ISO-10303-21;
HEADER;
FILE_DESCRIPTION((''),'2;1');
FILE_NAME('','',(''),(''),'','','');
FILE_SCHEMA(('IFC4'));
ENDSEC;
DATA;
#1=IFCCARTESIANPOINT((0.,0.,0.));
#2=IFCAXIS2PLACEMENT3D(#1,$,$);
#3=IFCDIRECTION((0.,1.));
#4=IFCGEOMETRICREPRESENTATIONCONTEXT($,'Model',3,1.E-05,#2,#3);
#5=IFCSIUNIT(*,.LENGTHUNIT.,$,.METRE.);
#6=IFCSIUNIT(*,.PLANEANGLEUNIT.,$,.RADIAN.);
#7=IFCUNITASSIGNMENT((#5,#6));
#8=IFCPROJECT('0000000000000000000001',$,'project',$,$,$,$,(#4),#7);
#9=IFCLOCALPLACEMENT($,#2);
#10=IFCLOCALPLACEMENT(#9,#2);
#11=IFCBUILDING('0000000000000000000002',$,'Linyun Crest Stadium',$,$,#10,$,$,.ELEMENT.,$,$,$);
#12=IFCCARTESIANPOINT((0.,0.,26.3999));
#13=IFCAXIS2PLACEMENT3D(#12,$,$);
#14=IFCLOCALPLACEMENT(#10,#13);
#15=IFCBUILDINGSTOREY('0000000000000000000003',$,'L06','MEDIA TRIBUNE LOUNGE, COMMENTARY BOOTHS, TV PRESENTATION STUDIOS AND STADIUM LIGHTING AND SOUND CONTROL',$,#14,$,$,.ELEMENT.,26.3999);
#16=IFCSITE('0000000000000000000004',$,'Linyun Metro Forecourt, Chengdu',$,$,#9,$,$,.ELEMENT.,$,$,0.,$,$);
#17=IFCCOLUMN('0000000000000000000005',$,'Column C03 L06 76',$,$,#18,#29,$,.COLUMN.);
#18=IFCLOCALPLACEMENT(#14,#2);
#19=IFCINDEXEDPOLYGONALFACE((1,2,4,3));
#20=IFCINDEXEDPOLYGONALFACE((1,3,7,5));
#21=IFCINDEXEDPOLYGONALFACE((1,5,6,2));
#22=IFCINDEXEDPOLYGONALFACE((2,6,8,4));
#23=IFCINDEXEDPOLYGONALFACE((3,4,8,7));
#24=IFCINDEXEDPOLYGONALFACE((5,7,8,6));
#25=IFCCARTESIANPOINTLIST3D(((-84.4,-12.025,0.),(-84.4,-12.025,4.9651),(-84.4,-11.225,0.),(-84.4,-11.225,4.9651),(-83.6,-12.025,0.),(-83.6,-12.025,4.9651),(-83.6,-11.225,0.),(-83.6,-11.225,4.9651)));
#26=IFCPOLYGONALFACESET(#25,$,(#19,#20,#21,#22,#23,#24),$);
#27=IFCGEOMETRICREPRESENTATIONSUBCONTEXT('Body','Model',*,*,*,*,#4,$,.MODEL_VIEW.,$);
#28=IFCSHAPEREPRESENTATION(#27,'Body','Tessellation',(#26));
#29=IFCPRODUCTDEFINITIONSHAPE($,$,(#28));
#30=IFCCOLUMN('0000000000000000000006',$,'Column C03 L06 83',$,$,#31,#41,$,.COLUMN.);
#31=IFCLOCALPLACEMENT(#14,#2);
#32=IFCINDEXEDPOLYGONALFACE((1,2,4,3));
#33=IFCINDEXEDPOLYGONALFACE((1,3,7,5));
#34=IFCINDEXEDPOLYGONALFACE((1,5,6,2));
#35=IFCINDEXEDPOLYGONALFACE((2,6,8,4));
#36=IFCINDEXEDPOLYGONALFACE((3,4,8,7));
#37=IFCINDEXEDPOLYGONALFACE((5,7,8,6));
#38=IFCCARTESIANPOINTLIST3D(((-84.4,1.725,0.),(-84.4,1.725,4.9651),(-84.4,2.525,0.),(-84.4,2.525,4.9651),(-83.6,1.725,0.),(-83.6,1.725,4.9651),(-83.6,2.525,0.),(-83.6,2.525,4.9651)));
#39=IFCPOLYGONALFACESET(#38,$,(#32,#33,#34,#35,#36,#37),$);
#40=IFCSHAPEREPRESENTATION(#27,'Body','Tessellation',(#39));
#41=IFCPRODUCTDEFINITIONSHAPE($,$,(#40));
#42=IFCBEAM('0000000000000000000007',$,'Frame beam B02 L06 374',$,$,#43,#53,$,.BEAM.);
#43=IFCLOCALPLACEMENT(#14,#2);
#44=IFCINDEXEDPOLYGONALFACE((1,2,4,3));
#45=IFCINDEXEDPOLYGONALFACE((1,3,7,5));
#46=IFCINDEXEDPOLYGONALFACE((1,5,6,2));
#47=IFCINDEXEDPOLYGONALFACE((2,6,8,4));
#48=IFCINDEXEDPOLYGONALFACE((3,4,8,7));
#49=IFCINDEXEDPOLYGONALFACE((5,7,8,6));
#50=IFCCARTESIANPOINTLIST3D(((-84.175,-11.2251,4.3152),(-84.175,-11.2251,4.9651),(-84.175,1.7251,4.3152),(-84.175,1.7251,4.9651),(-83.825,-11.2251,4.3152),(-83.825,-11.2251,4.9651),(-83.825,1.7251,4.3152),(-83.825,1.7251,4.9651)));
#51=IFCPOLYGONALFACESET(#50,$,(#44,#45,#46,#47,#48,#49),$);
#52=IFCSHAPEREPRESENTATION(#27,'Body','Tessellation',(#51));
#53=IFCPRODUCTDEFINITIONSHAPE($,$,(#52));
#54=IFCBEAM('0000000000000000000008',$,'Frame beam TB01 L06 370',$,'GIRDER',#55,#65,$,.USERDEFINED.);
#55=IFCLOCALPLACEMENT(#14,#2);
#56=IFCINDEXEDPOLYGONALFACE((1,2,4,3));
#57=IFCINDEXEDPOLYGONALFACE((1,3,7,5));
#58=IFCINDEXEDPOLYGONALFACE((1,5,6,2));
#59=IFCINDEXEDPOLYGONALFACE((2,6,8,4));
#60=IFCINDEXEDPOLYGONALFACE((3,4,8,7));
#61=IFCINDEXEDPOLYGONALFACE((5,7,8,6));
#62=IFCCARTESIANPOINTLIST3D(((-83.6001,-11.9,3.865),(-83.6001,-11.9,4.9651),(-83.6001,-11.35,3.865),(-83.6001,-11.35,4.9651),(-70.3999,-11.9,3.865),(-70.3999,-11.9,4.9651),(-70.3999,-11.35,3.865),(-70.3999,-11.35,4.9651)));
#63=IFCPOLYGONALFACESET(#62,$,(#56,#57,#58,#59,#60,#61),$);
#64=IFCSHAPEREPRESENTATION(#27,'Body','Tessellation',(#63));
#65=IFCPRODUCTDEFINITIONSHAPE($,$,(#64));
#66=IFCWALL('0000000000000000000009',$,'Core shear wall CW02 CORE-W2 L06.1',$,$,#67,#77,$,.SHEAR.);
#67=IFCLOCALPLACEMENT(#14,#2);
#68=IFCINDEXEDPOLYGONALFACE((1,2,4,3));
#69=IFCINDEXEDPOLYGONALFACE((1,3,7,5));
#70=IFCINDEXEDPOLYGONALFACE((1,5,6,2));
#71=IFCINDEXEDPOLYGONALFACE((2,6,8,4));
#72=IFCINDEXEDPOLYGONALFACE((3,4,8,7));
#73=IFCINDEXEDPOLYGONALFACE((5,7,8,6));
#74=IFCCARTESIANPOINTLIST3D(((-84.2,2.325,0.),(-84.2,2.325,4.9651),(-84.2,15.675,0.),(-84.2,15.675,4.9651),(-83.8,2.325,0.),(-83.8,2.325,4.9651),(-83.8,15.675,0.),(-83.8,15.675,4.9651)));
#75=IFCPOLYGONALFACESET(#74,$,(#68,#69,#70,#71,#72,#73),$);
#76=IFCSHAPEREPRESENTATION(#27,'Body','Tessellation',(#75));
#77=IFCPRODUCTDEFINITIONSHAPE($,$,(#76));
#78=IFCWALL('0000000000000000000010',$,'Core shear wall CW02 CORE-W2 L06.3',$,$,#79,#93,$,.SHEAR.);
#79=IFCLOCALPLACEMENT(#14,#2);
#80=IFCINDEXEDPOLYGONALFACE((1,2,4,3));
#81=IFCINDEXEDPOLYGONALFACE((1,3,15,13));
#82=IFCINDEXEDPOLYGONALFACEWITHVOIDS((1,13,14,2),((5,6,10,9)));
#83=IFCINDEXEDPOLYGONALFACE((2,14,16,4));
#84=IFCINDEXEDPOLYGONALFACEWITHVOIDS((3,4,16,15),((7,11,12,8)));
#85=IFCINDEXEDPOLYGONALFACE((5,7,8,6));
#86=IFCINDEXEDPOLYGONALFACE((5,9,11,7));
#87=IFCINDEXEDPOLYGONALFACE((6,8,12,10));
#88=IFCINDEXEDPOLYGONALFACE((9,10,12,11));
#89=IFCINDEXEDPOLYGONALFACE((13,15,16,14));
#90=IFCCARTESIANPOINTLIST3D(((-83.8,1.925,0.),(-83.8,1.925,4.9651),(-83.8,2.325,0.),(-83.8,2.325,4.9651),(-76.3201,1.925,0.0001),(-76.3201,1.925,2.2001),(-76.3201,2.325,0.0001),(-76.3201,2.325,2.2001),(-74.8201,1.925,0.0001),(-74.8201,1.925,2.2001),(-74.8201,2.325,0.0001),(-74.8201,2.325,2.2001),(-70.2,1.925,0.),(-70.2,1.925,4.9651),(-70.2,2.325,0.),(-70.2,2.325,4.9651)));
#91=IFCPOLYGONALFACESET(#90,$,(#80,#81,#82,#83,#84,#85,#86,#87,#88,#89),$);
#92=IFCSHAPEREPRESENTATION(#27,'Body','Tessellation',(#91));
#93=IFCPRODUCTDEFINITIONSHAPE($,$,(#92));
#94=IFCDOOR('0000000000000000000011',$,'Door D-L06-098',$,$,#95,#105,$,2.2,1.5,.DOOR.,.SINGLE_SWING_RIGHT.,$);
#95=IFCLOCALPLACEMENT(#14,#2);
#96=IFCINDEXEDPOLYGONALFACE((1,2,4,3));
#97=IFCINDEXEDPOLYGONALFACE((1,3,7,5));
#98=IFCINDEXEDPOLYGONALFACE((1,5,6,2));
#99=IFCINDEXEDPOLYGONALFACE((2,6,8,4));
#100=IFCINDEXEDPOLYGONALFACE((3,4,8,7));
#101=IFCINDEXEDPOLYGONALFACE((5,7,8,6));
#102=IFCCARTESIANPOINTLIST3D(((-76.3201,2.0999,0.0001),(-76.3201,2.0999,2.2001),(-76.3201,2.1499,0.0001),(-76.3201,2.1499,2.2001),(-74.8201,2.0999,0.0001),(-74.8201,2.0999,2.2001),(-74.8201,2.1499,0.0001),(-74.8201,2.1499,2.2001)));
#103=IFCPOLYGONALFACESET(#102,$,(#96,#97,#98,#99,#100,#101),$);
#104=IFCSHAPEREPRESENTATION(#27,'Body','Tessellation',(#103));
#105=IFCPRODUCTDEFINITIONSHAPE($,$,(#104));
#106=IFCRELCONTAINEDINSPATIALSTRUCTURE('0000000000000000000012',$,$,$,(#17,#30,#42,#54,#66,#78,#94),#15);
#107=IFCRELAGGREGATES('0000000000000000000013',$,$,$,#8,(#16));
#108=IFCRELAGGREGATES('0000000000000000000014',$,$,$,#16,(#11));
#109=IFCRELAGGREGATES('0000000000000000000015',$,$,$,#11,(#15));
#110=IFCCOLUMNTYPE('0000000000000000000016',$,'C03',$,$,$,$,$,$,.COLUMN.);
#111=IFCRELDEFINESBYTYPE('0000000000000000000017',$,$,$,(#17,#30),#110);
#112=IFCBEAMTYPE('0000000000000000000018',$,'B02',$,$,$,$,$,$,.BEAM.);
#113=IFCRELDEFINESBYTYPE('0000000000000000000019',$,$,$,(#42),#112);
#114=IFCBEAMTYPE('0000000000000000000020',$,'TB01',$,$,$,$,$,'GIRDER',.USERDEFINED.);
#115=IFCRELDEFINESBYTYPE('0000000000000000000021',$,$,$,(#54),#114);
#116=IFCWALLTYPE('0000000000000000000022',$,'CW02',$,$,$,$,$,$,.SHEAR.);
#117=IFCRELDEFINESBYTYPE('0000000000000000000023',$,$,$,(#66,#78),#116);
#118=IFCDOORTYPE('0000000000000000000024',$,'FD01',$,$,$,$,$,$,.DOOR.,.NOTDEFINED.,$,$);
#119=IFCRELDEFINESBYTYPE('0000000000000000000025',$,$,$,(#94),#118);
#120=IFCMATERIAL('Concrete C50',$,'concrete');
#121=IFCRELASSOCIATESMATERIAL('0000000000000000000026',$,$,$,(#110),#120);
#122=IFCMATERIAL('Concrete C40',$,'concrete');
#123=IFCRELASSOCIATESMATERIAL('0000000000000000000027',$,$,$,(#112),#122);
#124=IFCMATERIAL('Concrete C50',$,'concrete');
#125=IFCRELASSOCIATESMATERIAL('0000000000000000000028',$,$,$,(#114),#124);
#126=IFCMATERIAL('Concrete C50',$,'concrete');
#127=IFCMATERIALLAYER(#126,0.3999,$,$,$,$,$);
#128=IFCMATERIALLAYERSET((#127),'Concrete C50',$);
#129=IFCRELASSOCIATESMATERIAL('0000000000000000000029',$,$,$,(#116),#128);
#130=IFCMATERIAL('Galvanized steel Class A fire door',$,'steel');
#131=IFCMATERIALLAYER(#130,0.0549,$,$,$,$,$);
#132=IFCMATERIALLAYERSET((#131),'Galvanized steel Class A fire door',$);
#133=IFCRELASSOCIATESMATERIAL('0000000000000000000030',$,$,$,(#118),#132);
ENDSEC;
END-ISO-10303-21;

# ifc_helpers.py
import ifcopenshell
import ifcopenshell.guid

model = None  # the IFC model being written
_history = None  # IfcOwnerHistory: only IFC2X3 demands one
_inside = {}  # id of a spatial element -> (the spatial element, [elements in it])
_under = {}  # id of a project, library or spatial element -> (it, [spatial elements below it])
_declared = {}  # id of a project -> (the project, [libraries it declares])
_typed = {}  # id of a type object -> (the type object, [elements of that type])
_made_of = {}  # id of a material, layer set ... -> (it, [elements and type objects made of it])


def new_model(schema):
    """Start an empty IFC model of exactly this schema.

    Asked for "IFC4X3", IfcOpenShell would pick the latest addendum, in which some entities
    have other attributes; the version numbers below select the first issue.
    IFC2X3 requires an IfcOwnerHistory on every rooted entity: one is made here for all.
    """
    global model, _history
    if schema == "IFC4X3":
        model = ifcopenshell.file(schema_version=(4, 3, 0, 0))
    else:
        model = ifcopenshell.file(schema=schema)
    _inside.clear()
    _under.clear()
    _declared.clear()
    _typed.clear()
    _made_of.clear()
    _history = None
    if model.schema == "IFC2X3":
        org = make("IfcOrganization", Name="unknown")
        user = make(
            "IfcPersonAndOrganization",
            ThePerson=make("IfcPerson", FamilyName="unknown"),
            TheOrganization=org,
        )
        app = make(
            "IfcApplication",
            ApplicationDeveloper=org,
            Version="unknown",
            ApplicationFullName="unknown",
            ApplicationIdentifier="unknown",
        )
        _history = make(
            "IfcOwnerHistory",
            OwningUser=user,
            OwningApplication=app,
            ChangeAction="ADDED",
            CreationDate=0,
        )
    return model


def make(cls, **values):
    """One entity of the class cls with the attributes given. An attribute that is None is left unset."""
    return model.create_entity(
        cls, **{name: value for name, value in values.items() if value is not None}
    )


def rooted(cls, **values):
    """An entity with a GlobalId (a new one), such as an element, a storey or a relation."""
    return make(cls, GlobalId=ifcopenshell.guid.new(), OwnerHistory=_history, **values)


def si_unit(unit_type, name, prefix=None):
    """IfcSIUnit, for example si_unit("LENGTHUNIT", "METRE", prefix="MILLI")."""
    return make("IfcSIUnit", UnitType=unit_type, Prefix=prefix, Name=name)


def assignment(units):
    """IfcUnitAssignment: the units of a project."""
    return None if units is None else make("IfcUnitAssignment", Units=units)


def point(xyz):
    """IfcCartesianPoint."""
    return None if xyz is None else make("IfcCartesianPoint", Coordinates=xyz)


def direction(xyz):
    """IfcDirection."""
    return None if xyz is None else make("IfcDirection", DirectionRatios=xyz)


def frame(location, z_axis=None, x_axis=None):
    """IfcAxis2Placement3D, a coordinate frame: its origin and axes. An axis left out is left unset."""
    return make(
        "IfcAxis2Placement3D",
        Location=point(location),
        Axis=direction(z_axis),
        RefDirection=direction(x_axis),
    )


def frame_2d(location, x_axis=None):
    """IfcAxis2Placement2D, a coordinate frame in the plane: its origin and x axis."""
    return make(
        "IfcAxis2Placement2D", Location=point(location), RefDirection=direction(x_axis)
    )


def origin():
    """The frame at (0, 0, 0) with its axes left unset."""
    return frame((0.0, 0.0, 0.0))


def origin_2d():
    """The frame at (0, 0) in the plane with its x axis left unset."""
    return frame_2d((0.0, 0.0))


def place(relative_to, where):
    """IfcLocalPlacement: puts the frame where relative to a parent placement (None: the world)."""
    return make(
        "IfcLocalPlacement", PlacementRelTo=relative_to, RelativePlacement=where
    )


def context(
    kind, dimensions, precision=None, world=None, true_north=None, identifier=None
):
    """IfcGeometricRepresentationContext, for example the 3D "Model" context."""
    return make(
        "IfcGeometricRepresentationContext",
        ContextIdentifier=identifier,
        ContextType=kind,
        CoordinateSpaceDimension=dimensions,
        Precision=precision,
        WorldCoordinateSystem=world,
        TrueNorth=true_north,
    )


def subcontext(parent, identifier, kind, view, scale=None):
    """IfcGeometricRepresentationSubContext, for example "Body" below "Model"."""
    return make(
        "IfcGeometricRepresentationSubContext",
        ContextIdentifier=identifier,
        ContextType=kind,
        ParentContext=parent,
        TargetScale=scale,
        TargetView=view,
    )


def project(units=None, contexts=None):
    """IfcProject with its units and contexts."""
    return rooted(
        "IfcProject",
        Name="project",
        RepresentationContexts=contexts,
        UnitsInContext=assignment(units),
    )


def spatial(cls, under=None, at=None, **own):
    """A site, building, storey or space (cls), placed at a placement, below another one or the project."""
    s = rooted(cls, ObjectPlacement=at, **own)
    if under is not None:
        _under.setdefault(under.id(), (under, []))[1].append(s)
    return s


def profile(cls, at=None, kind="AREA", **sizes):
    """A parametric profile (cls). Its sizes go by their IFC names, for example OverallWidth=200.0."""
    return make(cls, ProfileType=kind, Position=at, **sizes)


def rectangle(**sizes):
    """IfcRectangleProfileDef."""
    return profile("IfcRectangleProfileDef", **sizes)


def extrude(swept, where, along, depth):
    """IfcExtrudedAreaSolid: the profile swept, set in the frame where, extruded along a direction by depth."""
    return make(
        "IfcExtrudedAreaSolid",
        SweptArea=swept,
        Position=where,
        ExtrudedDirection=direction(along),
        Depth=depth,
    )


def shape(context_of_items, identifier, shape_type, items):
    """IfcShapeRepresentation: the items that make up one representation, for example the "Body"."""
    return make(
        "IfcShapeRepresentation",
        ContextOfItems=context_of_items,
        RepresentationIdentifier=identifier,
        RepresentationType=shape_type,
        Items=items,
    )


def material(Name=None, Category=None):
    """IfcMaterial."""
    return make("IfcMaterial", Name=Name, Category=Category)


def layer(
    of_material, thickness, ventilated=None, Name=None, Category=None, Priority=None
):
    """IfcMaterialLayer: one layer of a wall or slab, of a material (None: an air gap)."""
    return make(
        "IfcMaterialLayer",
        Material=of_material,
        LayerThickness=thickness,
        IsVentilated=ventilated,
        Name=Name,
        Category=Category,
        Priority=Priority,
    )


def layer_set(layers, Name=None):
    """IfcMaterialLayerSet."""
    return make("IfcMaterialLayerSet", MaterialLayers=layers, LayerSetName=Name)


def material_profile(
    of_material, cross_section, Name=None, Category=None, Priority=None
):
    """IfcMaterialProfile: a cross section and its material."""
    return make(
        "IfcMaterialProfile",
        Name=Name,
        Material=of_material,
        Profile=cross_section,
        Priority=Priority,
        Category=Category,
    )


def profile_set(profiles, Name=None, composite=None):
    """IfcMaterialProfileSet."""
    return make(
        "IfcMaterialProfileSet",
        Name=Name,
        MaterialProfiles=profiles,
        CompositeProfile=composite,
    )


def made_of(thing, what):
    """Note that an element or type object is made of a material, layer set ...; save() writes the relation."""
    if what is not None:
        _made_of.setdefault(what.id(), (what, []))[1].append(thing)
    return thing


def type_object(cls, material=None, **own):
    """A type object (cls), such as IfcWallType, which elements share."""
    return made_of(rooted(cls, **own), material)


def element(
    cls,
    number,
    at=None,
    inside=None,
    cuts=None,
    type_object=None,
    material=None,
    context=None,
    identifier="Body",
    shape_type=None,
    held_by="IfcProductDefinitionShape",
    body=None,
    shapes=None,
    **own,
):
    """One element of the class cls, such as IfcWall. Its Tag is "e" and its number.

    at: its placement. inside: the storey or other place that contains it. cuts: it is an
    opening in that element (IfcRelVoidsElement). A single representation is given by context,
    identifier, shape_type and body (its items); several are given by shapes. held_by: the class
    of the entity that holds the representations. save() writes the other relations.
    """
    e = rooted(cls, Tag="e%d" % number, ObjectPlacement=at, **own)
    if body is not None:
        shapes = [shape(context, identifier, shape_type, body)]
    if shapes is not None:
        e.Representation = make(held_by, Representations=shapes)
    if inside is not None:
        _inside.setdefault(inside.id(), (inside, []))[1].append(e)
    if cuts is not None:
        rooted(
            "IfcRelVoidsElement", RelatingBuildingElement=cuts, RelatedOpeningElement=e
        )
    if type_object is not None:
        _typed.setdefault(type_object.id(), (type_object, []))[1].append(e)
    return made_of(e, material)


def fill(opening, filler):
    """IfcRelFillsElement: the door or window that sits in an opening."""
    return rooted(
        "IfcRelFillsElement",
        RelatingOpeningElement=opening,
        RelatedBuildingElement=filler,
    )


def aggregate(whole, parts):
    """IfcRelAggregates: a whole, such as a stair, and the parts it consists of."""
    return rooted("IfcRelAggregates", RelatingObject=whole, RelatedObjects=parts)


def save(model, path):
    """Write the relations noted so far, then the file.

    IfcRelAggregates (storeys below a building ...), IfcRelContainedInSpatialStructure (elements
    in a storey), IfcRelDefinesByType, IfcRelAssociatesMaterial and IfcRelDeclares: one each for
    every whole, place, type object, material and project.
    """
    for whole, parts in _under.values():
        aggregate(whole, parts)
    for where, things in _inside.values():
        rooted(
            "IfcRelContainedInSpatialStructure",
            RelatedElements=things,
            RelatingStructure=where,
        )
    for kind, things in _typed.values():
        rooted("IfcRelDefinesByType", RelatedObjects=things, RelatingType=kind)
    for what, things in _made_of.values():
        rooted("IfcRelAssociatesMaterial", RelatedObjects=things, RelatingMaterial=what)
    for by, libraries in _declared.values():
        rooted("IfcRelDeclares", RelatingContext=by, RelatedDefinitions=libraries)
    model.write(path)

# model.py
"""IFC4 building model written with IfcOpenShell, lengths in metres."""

from ifc_helpers import new_model, si_unit, direction, frame, frame_2d, origin, origin_2d, place, context, subcontext, project, spatial, rectangle, extrude, material, layer, layer_set, material_profile, profile_set, type_object, element, fill, save


model = new_model("IFC4")

# Units and contexts
model_context = context("Model", 3, precision=1e-05, world=origin(), true_north=direction((0.0, 1.0)))
body_context = subcontext(model_context, "Body", "Model", "MODEL_VIEW")
ifc_project = project(units=[si_unit("LENGTHUNIT", "METRE"), si_unit("PLANEANGLEUNIT", "RADIAN")], contexts=[model_context])

# Site, building, storey
site_placement = place(None, origin())
site = spatial("IfcSite", under=ifc_project, at=site_placement, Name="Linyun Metro Forecourt, Chengdu", CompositionType="ELEMENT", RefElevation=0.0)
building_placement = place(site_placement, origin())
building = spatial("IfcBuilding", under=site, at=building_placement, Name="Linyun Crest Stadium", CompositionType="ELEMENT")
storey_placement = place(building_placement, frame((0.0, 0.0, 26.3999)))
storey = spatial("IfcBuildingStorey", under=building, at=storey_placement, Name="L06", Description="MEDIA TRIBUNE LOUNGE, COMMENTARY BOOTHS, TV PRESENTATION STUDIOS AND STADIUM LIGHTING AND SOUND CONTROL", CompositionType="ELEMENT", Elevation=26.3999)

# Columns
ifc_material_1 = material(Name="Concrete C50", Category="concrete")
ifc_material_profile_1 = material_profile(ifc_material_1, rectangle(XDim=0.8, YDim=0.8, at=origin_2d()), Name="RC 800x800")
ifc_profile_set_1 = profile_set([ifc_material_profile_1], Name="Concrete C50")
column_type = type_object("IfcColumnType", Name="C03", PredefinedType="COLUMN", material=ifc_profile_set_1)
for number, where, z_axis, x_axis, name in (
    (1, (-84.0, -11.625, 0.0), (0.0, 0.0, 1.0), (1.0, 0.0, 0.0), "Column C03 L06 76"),
    (2, (-84.0, 2.125, 0.0), (0.0, 0.0, 1.0), (1.0, 0.0, 0.0), "Column C03 L06 83"),
):
    element("IfcColumn", number, at=place(storey_placement, frame(where, z_axis=z_axis, x_axis=x_axis)), inside=storey, type_object=column_type, Name=name, PredefinedType="COLUMN", context=body_context, shape_type="SweptSolid", body=[
        extrude(rectangle(XDim=0.8, YDim=0.8, at=origin_2d()), origin(), (0.0, 0.0, 1.0), 4.9651),
    ])

# Beams
ifc_material_2 = material(Name="Concrete C40", Category="concrete")
ifc_material_profile_2 = material_profile(ifc_material_2, rectangle(XDim=0.3501, YDim=0.6499, at=origin_2d()), Name="RCB 650x350")
ifc_profile_set_2 = profile_set([ifc_material_profile_2], Name="Concrete C40")
beam_type_1 = type_object("IfcBeamType", Name="B02", PredefinedType="BEAM", material=ifc_profile_set_2)
beam_1_placement = place(storey_placement, frame((-84.0, -11.2251, 4.6401), z_axis=(0.0, 1.0, 0.0), x_axis=(-1.0, 0.0, 0.0)))
element("IfcBeam", 3, at=beam_1_placement, inside=storey, type_object=beam_type_1, Name="Frame beam B02 L06 374", PredefinedType="BEAM", context=body_context, shape_type="SweptSolid", body=[
    extrude(rectangle(XDim=0.3501, YDim=0.6499, at=origin_2d()), origin(), (0.0, 0.0, 1.0), 12.9502),
])
ifc_material_3 = material(Name="Concrete C50", Category="concrete")
ifc_material_profile_3 = material_profile(ifc_material_3, rectangle(XDim=0.55, YDim=1.1001, at=origin_2d()), Name="RCB 1100x550")
ifc_profile_set_3 = profile_set([ifc_material_profile_3], Name="Concrete C50")
beam_type_2 = type_object("IfcBeamType", Name="TB01", ElementType="GIRDER", PredefinedType="USERDEFINED", material=ifc_profile_set_3)
beam_2_placement = place(storey_placement, frame((-83.6001, -11.625, 4.415), z_axis=(1.0, 0.0, 0.0), x_axis=(0.0, 1.0, 0.0)))
element("IfcBeam", 4, at=beam_2_placement, inside=storey, type_object=beam_type_2, Name="Frame beam TB01 L06 370", ObjectType="GIRDER", PredefinedType="USERDEFINED", context=body_context, shape_type="SweptSolid", body=[
    extrude(rectangle(XDim=0.55, YDim=1.1001, at=origin_2d()), origin(), (0.0, 0.0, 1.0), 13.2002),
])

# Wall
ifc_material_4 = material(Name="Concrete C50", Category="concrete")
ifc_layer_1 = layer(ifc_material_4, 0.3999)
ifc_layer_set_1 = layer_set([ifc_layer_1], Name="Concrete C50")
wall_type_1 = type_object("IfcWallType", Name="CW02", PredefinedType="SHEAR", material=ifc_layer_set_1)
wall_1_placement = place(storey_placement, frame((-84.0, 2.325, 0.0), z_axis=(0.0, 0.0, 1.0), x_axis=(0.0, 1.0, 0.0)))
element("IfcWall", 5, at=wall_1_placement, inside=storey, type_object=wall_type_1, Name="Core shear wall CW02 CORE-W2 L06.1", PredefinedType="SHEAR", context=body_context, shape_type="SweptSolid", body=[
    extrude(rectangle(XDim=13.3501, YDim=0.3999, at=frame_2d((6.675, 0.0))), origin(), (0.0, 0.0, 1.0), 4.9651),
])

# Wall, opening, door
wall_2_placement = place(storey_placement, frame((-83.8, 2.125, 0.0), z_axis=(0.0, 0.0, 1.0), x_axis=(1.0, 0.0, 0.0)))
wall_2 = element("IfcWall", 6, at=wall_2_placement, inside=storey, type_object=wall_type_1, Name="Core shear wall CW02 CORE-W2 L06.3", PredefinedType="SHEAR", context=body_context, shape_type="SweptSolid", body=[
    extrude(rectangle(XDim=13.6001, YDim=0.3999, at=frame_2d((6.8, 0.0))), origin(), (0.0, 0.0, 1.0), 4.9651),
])
opening_1_placement = place(wall_2_placement, frame((7.48, 0.0, 0.0)))
opening_1 = element("IfcOpeningElement", 7, at=opening_1_placement, cuts=wall_2, PredefinedType="OPENING", context=body_context, shape_type="SweptSolid", body=[
    extrude(rectangle(XDim=1.5, YDim=2.2, at=frame_2d((0.75, 1.1001))), frame((0.0, 0.21, 0.0), z_axis=(0.0, -1.0, 0.0), x_axis=(1.0, 0.0, 0.0)), (0.0, 0.0, 1.0), 0.4199),
])
ifc_material_5 = material(Name="Galvanized steel Class A fire door", Category="steel")
ifc_layer_2 = layer(ifc_material_5, 0.0549)
ifc_layer_set_2 = layer_set([ifc_layer_2], Name="Galvanized steel Class A fire door")
door_type_1 = type_object("IfcDoorType", Name="FD01", OperationType="NOTDEFINED", PredefinedType="DOOR", material=ifc_layer_set_2)
door_1_placement = place(opening_1_placement, origin())
door_1 = element("IfcDoor", 8, at=door_1_placement, inside=storey, type_object=door_type_1, Name="Door D-L06-098", OperationType="SINGLE_SWING_RIGHT", OverallHeight=2.2, OverallWidth=1.5, PredefinedType="DOOR", context=body_context, shape_type="SweptSolid", body=[
    extrude(rectangle(XDim=1.5, YDim=2.2, at=frame_2d((0.75, 1.1001))), frame((0.0, 0.0249, 0.0), z_axis=(0.0, -1.0, 0.0), x_axis=(1.0, 0.0, 0.0)), (0.0, 0.0, 1.0), 0.05),
])
fill(opening_1, door_1)

save(model, "model.ifc")
